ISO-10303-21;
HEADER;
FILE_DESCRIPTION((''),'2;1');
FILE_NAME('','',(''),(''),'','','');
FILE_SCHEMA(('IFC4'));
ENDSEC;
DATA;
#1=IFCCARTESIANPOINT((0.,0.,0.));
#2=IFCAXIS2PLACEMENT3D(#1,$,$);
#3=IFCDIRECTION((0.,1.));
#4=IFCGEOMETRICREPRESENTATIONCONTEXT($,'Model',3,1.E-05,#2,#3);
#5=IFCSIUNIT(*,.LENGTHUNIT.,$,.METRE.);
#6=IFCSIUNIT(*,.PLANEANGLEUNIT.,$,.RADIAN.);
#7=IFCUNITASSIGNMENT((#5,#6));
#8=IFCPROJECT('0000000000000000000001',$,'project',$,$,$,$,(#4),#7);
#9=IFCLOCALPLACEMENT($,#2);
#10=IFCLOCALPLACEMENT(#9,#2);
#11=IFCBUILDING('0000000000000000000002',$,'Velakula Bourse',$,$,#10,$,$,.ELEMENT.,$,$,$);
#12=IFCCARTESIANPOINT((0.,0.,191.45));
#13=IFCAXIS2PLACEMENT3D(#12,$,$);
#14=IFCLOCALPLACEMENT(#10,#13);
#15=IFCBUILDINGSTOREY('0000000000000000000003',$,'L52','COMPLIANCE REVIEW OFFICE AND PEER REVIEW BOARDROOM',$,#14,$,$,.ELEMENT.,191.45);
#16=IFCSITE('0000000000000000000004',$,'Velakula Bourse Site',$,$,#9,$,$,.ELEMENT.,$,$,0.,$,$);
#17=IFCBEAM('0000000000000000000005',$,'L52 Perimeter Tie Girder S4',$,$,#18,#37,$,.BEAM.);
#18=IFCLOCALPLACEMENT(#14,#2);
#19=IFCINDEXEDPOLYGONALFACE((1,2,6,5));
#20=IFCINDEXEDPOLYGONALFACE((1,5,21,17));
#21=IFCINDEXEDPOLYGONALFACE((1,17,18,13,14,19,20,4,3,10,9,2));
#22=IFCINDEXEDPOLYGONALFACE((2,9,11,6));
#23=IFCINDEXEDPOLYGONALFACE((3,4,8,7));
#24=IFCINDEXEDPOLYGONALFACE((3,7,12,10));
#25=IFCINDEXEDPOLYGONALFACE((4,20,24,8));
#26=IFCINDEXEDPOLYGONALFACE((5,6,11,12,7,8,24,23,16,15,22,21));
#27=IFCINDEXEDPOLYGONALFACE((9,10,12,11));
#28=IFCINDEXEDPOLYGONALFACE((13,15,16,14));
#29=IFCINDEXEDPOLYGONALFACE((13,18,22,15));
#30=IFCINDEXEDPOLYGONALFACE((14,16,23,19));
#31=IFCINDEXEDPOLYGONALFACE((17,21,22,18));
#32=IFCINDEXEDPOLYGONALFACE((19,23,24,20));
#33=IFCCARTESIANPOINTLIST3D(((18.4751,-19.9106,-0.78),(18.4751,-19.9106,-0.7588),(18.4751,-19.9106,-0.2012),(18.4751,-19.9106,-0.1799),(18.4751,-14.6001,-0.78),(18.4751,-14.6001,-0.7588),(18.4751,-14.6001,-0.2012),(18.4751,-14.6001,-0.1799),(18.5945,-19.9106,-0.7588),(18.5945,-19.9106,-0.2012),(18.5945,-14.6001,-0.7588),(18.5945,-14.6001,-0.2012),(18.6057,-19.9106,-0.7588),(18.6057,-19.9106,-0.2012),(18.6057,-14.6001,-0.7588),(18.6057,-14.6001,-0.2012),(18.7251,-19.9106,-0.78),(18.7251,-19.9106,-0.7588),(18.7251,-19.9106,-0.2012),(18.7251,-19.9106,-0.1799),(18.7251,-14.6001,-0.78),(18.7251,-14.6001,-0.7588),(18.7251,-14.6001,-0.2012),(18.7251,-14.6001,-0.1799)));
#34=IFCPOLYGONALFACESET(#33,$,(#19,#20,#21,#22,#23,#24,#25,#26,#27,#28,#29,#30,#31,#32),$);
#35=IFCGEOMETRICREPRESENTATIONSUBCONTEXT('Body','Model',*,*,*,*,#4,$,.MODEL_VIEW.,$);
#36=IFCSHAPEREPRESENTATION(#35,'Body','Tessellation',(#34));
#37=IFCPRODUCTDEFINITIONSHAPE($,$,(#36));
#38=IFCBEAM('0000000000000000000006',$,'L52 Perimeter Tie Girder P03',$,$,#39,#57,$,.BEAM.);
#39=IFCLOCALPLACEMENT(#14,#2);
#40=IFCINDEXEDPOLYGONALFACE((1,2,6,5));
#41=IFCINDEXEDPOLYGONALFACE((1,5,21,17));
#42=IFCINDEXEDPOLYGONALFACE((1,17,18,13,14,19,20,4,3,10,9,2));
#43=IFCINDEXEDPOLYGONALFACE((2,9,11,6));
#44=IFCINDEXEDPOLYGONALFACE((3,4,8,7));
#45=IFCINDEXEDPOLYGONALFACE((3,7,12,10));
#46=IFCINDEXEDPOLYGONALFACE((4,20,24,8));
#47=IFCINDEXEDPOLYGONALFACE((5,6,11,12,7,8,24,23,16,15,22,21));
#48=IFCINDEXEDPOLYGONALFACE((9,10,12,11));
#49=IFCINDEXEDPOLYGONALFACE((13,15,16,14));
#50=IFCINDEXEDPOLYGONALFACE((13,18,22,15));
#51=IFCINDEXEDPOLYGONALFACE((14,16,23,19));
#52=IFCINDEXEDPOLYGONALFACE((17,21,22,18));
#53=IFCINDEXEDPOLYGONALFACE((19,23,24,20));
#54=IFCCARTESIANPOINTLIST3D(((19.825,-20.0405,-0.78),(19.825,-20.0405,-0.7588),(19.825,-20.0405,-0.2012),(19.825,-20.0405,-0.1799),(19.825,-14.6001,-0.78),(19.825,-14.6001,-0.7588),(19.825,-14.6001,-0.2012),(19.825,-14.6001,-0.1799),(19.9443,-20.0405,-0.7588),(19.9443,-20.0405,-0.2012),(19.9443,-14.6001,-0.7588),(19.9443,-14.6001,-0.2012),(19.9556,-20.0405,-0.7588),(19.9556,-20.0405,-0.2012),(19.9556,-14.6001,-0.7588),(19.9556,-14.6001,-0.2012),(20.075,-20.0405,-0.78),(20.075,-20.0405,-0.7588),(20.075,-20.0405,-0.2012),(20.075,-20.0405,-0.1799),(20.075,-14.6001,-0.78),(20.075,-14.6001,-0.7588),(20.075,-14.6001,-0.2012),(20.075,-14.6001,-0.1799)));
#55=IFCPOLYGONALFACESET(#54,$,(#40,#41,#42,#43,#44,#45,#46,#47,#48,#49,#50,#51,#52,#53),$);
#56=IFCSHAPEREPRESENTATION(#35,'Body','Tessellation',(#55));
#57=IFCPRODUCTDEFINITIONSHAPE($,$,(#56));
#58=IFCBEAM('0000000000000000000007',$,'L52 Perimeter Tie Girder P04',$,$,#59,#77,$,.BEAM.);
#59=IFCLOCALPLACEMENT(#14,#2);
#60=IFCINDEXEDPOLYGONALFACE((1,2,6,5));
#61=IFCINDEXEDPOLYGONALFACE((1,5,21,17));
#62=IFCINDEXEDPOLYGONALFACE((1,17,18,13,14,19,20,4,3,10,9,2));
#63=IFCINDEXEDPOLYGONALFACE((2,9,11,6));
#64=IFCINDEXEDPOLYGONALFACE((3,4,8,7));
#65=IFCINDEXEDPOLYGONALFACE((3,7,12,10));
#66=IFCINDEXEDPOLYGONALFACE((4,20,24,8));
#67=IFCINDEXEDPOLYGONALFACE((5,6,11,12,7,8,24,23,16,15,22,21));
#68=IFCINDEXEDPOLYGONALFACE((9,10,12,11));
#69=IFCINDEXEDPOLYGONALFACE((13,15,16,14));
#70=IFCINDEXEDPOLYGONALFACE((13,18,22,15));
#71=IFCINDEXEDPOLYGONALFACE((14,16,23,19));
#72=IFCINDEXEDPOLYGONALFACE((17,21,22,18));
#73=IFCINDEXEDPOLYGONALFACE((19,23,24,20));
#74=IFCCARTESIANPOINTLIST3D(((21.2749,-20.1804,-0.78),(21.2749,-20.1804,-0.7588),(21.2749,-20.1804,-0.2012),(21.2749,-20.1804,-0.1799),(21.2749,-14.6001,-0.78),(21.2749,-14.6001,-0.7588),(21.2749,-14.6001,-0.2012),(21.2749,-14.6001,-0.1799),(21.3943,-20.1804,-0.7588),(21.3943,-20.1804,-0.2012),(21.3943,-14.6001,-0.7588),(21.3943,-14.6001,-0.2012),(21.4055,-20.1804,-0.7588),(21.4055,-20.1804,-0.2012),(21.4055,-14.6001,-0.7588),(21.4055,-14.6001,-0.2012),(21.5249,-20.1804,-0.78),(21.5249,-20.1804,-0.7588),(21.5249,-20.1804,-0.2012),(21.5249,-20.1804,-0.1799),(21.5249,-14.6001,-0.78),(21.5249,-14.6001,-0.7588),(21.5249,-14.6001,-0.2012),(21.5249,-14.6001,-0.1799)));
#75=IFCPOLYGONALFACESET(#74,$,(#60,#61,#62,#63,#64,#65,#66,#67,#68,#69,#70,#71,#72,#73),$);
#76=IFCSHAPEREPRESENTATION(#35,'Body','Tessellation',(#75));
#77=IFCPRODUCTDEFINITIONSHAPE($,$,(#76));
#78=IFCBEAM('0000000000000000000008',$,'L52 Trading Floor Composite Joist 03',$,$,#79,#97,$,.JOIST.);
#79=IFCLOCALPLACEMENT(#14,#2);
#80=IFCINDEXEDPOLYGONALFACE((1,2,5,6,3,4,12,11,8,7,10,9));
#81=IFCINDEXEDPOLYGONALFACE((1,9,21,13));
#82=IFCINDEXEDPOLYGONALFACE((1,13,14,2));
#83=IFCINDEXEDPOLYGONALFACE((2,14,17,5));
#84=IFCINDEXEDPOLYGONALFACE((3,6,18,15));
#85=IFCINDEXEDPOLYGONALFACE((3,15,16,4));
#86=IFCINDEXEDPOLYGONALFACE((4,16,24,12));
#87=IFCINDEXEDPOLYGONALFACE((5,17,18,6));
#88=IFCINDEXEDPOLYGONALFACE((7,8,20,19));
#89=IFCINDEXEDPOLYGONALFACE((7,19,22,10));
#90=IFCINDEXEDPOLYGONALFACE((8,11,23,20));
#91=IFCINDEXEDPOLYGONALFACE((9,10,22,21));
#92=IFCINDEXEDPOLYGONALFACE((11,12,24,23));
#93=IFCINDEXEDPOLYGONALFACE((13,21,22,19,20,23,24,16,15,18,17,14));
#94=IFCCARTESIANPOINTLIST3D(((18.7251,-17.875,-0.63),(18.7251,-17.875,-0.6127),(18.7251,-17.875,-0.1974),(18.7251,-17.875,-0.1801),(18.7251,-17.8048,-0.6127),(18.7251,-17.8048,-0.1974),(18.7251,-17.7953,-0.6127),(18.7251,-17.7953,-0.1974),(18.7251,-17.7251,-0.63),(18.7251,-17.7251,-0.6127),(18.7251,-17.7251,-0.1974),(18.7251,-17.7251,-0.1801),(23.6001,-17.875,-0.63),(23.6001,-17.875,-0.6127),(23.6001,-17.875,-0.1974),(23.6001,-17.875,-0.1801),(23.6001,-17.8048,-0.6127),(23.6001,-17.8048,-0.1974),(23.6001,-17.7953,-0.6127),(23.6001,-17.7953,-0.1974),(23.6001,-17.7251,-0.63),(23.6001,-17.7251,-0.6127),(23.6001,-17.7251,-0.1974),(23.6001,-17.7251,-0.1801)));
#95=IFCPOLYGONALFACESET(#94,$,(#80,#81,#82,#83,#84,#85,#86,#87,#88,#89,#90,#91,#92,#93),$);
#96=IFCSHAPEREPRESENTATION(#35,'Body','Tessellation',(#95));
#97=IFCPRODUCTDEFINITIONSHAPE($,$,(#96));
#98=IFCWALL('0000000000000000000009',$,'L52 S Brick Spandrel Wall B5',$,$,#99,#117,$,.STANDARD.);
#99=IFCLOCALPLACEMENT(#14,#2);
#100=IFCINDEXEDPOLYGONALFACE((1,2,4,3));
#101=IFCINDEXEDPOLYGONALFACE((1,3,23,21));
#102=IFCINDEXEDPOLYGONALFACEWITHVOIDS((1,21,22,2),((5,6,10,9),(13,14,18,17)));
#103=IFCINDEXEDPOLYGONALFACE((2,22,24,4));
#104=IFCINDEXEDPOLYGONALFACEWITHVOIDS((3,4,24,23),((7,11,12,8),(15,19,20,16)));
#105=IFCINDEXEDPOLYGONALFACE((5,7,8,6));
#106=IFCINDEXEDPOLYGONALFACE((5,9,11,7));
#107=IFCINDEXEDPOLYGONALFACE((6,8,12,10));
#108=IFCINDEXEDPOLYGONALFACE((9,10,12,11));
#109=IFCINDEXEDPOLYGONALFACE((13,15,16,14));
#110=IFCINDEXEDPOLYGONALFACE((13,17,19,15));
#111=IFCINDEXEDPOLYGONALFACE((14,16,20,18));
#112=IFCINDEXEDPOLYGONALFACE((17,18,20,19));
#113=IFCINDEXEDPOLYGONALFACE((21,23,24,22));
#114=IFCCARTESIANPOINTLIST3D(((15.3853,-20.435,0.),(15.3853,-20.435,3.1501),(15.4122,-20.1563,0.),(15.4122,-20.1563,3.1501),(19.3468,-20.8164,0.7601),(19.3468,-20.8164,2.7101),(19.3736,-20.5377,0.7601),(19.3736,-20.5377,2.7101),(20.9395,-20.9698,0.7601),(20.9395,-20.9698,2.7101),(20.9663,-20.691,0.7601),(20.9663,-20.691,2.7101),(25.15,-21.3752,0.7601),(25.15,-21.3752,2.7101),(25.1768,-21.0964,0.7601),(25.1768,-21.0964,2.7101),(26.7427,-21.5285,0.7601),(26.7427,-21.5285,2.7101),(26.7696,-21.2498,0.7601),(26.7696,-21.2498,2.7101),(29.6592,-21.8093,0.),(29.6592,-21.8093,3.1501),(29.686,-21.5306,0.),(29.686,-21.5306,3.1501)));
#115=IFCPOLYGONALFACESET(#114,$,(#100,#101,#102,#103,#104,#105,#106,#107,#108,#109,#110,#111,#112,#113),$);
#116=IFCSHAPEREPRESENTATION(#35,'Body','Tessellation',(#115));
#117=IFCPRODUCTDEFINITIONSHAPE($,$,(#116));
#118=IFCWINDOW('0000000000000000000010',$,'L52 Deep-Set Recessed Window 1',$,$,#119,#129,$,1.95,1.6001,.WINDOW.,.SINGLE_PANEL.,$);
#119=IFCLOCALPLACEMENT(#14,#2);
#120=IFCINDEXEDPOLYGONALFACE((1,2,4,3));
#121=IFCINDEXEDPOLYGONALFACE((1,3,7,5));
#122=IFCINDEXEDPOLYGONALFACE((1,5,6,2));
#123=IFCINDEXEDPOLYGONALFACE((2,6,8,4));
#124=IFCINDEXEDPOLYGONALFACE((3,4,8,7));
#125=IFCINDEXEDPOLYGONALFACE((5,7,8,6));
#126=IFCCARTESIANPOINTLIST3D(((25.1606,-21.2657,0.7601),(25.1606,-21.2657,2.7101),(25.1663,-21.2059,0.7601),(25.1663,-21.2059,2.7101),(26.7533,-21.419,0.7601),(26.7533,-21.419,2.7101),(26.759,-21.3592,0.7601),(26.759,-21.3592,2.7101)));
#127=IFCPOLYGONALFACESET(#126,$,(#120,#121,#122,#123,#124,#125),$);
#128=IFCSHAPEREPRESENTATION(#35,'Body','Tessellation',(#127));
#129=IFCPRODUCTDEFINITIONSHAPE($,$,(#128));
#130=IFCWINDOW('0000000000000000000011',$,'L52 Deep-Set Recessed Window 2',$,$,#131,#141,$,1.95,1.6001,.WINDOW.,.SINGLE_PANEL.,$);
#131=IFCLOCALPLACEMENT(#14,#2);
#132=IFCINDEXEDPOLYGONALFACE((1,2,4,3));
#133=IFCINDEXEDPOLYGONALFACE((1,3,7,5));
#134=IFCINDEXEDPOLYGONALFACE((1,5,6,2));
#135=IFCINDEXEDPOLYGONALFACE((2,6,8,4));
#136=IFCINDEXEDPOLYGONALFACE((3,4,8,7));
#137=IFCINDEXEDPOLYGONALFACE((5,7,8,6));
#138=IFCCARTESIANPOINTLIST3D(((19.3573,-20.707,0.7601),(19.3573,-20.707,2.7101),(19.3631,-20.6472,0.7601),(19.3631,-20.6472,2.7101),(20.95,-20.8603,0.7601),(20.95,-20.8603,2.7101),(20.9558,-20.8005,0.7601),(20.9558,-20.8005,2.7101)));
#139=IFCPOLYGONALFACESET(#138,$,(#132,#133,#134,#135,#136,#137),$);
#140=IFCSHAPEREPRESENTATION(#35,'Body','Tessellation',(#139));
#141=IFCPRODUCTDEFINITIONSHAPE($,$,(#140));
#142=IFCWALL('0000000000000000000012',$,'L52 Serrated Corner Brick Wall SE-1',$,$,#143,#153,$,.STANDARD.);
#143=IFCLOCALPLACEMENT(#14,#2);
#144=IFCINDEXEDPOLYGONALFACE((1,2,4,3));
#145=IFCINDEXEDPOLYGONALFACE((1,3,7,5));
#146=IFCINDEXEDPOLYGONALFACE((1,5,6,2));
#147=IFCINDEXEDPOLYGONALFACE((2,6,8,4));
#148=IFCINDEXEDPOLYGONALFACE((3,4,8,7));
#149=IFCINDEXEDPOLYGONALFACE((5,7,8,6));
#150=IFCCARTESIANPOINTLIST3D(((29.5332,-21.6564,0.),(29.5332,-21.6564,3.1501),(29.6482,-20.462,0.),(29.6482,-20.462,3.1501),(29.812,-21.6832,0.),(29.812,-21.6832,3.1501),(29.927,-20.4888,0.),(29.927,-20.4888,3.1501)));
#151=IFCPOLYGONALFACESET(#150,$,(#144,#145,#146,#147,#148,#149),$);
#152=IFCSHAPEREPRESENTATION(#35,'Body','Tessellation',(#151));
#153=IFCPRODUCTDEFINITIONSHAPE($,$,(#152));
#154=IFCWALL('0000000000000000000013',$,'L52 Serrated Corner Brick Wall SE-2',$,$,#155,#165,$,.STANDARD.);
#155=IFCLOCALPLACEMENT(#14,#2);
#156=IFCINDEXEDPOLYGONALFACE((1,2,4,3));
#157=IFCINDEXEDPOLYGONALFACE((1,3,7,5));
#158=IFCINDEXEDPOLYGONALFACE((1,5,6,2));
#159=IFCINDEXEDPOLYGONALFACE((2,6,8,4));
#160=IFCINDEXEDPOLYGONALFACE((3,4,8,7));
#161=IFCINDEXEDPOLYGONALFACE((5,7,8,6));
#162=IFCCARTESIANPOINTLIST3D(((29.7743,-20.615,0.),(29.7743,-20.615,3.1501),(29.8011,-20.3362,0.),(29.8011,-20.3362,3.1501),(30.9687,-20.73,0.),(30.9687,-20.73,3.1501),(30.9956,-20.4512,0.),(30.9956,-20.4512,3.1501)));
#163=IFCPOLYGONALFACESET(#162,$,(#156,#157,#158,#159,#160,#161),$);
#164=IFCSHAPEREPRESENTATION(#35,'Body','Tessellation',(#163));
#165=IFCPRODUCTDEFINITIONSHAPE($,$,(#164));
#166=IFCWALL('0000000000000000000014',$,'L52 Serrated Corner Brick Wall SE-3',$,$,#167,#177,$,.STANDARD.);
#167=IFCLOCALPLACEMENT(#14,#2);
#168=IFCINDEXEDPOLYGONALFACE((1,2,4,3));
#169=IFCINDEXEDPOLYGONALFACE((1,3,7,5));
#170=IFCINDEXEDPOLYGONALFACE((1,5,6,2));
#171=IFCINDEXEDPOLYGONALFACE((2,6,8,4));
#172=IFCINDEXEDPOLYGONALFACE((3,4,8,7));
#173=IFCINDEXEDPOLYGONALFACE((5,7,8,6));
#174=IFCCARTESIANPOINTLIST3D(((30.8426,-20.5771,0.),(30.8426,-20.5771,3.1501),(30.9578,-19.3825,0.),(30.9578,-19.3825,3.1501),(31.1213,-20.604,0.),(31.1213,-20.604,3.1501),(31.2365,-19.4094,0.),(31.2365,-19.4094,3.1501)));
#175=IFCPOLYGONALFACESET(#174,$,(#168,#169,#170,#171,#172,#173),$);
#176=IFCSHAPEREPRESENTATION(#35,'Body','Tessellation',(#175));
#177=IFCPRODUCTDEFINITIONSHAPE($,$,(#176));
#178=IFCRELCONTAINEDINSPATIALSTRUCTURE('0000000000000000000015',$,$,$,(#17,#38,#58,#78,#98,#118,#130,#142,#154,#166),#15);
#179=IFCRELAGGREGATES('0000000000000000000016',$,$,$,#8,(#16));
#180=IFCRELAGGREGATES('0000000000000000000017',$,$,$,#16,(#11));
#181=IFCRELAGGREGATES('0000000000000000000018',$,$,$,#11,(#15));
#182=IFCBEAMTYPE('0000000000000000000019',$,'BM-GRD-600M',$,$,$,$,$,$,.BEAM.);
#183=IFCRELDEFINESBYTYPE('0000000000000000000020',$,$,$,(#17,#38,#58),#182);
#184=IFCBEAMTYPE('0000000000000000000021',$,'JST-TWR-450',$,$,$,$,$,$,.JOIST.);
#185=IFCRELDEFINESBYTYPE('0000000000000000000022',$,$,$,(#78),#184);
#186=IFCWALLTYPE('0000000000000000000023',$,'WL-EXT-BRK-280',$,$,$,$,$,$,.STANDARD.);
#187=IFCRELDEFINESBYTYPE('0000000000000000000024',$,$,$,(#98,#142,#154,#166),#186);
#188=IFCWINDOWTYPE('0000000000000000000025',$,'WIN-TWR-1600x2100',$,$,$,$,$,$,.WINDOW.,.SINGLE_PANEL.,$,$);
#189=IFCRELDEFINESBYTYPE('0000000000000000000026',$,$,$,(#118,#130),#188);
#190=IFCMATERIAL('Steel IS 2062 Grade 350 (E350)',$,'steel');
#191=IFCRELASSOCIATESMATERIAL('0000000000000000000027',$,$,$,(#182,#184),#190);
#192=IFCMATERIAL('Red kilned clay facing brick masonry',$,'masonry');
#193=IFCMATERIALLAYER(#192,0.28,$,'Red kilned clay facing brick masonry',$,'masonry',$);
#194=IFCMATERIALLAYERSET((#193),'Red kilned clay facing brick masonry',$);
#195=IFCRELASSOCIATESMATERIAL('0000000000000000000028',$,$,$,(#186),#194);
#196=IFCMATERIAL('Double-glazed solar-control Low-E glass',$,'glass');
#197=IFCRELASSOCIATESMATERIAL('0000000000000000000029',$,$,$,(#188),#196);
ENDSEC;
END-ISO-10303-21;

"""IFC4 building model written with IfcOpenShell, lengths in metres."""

from ifc_helpers import new_model, si_unit, direction, frame, frame_2d, origin, origin_2d, place, context, subcontext, project, spatial, rectangle, i_section, extrude, material, layer, layer_set, material_profile, profile_set, type_object, element, fill, save


model = new_model("IFC4")

# Units and contexts
model_context = context("Model", 3, precision=1e-05, world=origin(), true_north=direction((0.0, 1.0)))
body_context = subcontext(model_context, "Body", "Model", "MODEL_VIEW")
ifc_project = project(units=[si_unit("LENGTHUNIT", "METRE"), si_unit("PLANEANGLEUNIT", "RADIAN")], contexts=[model_context])

# Site, building, storey
site_placement = place(None, origin())
site = spatial("IfcSite", under=ifc_project, at=site_placement, Name="Velakula Bourse Site", CompositionType="ELEMENT", RefElevation=0.0)
building_placement = place(site_placement, origin())
building = spatial("IfcBuilding", under=site, at=building_placement, Name="Velakula Bourse", CompositionType="ELEMENT")
storey_placement = place(building_placement, frame((0.0, 0.0, 191.45)))
storey = spatial("IfcBuildingStorey", under=building, at=storey_placement, Name="L52", Description="COMPLIANCE REVIEW OFFICE AND PEER REVIEW BOARDROOM", CompositionType="ELEMENT", Elevation=191.45)

# Shared definitions
ifc_material_1 = material(Name="Steel IS 2062 Grade 350 (E350)", Category="steel")

# Beams
ifc_material_profile_1 = material_profile(ifc_material_1, i_section(OverallWidth=0.25, OverallDepth=0.6001, WebThickness=0.0112, FlangeThickness=0.0212, at=origin_2d()), Name="Steel IS 2062 Grade 350 (E350)")
ifc_profile_set_1 = profile_set([ifc_material_profile_1], Name="Steel IS 2062 Grade 350 (E350)")
beam_type_1 = type_object("IfcBeamType", Name="BM-GRD-600M", PredefinedType="BEAM", material=ifc_profile_set_1)
beam_1_placement = place(storey_placement, frame((18.6001, -14.6001, -0.48), z_axis=(0.0, -1.0, 0.0), x_axis=(1.0, 0.0, 0.0)))
element("IfcBeam", 1, at=beam_1_placement, inside=storey, type_object=beam_type_1, Name="L52 Perimeter Tie Girder S4", PredefinedType="BEAM", context=body_context, shape_type="SweptSolid", body=[
    extrude(i_section(OverallWidth=0.25, OverallDepth=0.6001, WebThickness=0.0112, FlangeThickness=0.0212, at=origin_2d()), origin(), (0.0, 0.0, 1.0), 5.3105),
])
beam_2_placement = place(storey_placement, frame((19.95, -14.6001, -0.48), z_axis=(0.0, -1.0, 0.0), x_axis=(1.0, 0.0, 0.0)))
element("IfcBeam", 2, at=beam_2_placement, inside=storey, type_object=beam_type_1, Name="L52 Perimeter Tie Girder P03", PredefinedType="BEAM", context=body_context, shape_type="SweptSolid", body=[
    extrude(i_section(OverallWidth=0.25, OverallDepth=0.6001, WebThickness=0.0112, FlangeThickness=0.0212, at=origin_2d()), origin(), (0.0, 0.0, 1.0), 5.4404),
])
beam_3_placement = place(storey_placement, frame((21.3999, -14.6001, -0.48), z_axis=(0.0, -1.0, 0.0), x_axis=(1.0, 0.0, 0.0)))
element("IfcBeam", 3, at=beam_3_placement, inside=storey, type_object=beam_type_1, Name="L52 Perimeter Tie Girder P04", PredefinedType="BEAM", context=body_context, shape_type="SweptSolid", body=[
    extrude(i_section(OverallWidth=0.25, OverallDepth=0.6001, WebThickness=0.0112, FlangeThickness=0.0212, at=origin_2d()), origin(), (0.0, 0.0, 1.0), 5.5803),
])
ifc_material_profile_2 = material_profile(ifc_material_1, i_section(OverallWidth=0.1499, OverallDepth=0.45, WebThickness=0.0095, FlangeThickness=0.0173, at=origin_2d()), Name="Steel IS 2062 Grade 350 (E350)")
ifc_profile_set_2 = profile_set([ifc_material_profile_2], Name="Steel IS 2062 Grade 350 (E350)")
beam_type_2 = type_object("IfcBeamType", Name="JST-TWR-450", PredefinedType="JOIST", material=ifc_profile_set_2)
beam_4_placement = place(storey_placement, frame((18.7251, -17.8, -0.405), z_axis=(1.0, 0.0, 0.0), x_axis=(0.0, 1.0, 0.0)))
element("IfcBeam", 4, at=beam_4_placement, inside=storey, type_object=beam_type_2, Name="L52 Trading Floor Composite Joist 03", PredefinedType="JOIST", context=body_context, shape_type="SweptSolid", body=[
    extrude(i_section(OverallWidth=0.1499, OverallDepth=0.45, WebThickness=0.0095, FlangeThickness=0.0173, at=origin_2d()), origin(), (0.0, 0.0, 1.0), 4.875),
])

# Wall, openings, windows
ifc_material_2 = material(Name="Red kilned clay facing brick masonry", Category="masonry")
ifc_layer_1 = layer(ifc_material_2, 0.28, Name="Red kilned clay facing brick masonry", Category="masonry")
ifc_layer_set_1 = layer_set([ifc_layer_1], Name="Red kilned clay facing brick masonry")
wall_type_1 = type_object("IfcWallType", Name="WL-EXT-BRK-280", PredefinedType="STANDARD", material=ifc_layer_set_1)
wall_1_placement = place(storey_placement, frame((29.6726, -21.6699, 0.0), z_axis=(0.0, 0.0, 1.0), x_axis=(-0.995397, 0.095835, 0.0)))
wall_1 = element("IfcWall", 5, at=wall_1_placement, inside=storey, type_object=wall_type_1, Name="L52 S Brick Spandrel Wall B5", PredefinedType="STANDARD", context=body_context, shape_type="SweptSolid", body=[
    extrude(rectangle(XDim=14.3398, YDim=0.28, at=frame_2d((7.1699, 0.0))), origin(), (0.0, 0.0, 1.0), 3.1501),
])
opening_1_placement = place(wall_1_placement, frame((2.9299, 0.0, 0.76)))
opening_1 = element("IfcOpeningElement", 6, at=opening_1_placement, cuts=wall_1, PredefinedType="OPENING", context=body_context, shape_type="SweptSolid", body=[
    extrude(rectangle(XDim=1.6001, YDim=1.95, at=frame_2d((0.8, 0.9751))), frame((0.0, 0.1499, 0.0), z_axis=(0.0, -1.0, 0.0), x_axis=(1.0, 0.0, 0.0)), (0.0, 0.0, 1.0), 0.3),
])
opening_2_placement = place(wall_1_placement, frame((8.76, 0.0, 0.76)))
opening_2 = element("IfcOpeningElement", 7, at=opening_2_placement, cuts=wall_1, PredefinedType="OPENING", context=body_context, shape_type="SweptSolid", body=[
    extrude(rectangle(XDim=1.6001, YDim=1.95, at=frame_2d((0.8, 0.9751))), frame((0.0, 0.1499, 0.0), z_axis=(0.0, -1.0, 0.0), x_axis=(1.0, 0.0, 0.0)), (0.0, 0.0, 1.0), 0.3),
])
ifc_material_3 = material(Name="Double-glazed solar-control Low-E glass", Category="glass")
window_type = type_object("IfcWindowType", Name="WIN-TWR-1600x2100", PartitioningType="SINGLE_PANEL", PredefinedType="WINDOW", material=ifc_material_3)
window_1_placement = place(opening_1_placement, origin())
window_1 = element("IfcWindow", 8, at=window_1_placement, inside=storey, type_object=window_type, Name="L52 Deep-Set Recessed Window 1", OverallHeight=1.95, OverallWidth=1.6001, PartitioningType="SINGLE_PANEL", PredefinedType="WINDOW", context=body_context, shape_type="SweptSolid", body=[
    extrude(rectangle(XDim=1.6001, YDim=1.95, at=frame_2d((0.8, 0.9751))), frame((0.0, 0.03, 0.0), z_axis=(0.0, -1.0, 0.0), x_axis=(1.0, 0.0, 0.0)), (0.0, 0.0, 1.0), 0.0601),
])
fill(opening_1, window_1)
window_2_placement = place(opening_2_placement, origin())
window_2 = element("IfcWindow", 9, at=window_2_placement, inside=storey, type_object=window_type, Name="L52 Deep-Set Recessed Window 2", OverallHeight=1.95, OverallWidth=1.6001, PartitioningType="SINGLE_PANEL", PredefinedType="WINDOW", context=body_context, shape_type="SweptSolid", body=[
    extrude(rectangle(XDim=1.6001, YDim=1.95, at=frame_2d((0.8, 0.9751))), frame((0.0, 0.03, 0.0), z_axis=(0.0, -1.0, 0.0), x_axis=(1.0, 0.0, 0.0)), (0.0, 0.0, 1.0), 0.0601),
])
fill(opening_2, window_2)

# Walls
for number, where, z_axis, x_axis, name in (
    (10, (29.6726, -21.6699, 0.0), (0.0, 0.0, 1.0), (0.095836, 0.995397, 0.0), "L52 Serrated Corner Brick Wall SE-1"),
    (11, (29.7876, -20.4756, 0.0), (0.0, 0.0, 1.0), (0.995397, -0.095836, 0.0), "L52 Serrated Corner Brick Wall SE-2"),
):
    element("IfcWall", number, at=place(storey_placement, frame(where, z_axis=z_axis, x_axis=x_axis)), inside=storey, type_object=wall_type_1, Name=name, PredefinedType="STANDARD", context=body_context, shape_type="SweptSolid", body=[
        extrude(rectangle(XDim=1.2, YDim=0.28, at=frame_2d((0.6001, 0.0))), origin(), (0.0, 0.0, 1.0), 3.1501),
    ])
wall_2_placement = place(storey_placement, frame((30.9819, -20.5906, 0.0), z_axis=(0.0, 0.0, 1.0), x_axis=(0.096019, 0.99538, 0.0)))
element("IfcWall", 12, at=wall_2_placement, inside=storey, type_object=wall_type_1, Name="L52 Serrated Corner Brick Wall SE-3", PredefinedType="STANDARD", context=body_context, shape_type="SweptSolid", body=[
    extrude(rectangle(XDim=1.2002, YDim=0.28, at=frame_2d((0.6001, 0.0))), origin(), (0.0, 0.0, 1.0), 3.1501),
])

save(model, "model.ifc")
